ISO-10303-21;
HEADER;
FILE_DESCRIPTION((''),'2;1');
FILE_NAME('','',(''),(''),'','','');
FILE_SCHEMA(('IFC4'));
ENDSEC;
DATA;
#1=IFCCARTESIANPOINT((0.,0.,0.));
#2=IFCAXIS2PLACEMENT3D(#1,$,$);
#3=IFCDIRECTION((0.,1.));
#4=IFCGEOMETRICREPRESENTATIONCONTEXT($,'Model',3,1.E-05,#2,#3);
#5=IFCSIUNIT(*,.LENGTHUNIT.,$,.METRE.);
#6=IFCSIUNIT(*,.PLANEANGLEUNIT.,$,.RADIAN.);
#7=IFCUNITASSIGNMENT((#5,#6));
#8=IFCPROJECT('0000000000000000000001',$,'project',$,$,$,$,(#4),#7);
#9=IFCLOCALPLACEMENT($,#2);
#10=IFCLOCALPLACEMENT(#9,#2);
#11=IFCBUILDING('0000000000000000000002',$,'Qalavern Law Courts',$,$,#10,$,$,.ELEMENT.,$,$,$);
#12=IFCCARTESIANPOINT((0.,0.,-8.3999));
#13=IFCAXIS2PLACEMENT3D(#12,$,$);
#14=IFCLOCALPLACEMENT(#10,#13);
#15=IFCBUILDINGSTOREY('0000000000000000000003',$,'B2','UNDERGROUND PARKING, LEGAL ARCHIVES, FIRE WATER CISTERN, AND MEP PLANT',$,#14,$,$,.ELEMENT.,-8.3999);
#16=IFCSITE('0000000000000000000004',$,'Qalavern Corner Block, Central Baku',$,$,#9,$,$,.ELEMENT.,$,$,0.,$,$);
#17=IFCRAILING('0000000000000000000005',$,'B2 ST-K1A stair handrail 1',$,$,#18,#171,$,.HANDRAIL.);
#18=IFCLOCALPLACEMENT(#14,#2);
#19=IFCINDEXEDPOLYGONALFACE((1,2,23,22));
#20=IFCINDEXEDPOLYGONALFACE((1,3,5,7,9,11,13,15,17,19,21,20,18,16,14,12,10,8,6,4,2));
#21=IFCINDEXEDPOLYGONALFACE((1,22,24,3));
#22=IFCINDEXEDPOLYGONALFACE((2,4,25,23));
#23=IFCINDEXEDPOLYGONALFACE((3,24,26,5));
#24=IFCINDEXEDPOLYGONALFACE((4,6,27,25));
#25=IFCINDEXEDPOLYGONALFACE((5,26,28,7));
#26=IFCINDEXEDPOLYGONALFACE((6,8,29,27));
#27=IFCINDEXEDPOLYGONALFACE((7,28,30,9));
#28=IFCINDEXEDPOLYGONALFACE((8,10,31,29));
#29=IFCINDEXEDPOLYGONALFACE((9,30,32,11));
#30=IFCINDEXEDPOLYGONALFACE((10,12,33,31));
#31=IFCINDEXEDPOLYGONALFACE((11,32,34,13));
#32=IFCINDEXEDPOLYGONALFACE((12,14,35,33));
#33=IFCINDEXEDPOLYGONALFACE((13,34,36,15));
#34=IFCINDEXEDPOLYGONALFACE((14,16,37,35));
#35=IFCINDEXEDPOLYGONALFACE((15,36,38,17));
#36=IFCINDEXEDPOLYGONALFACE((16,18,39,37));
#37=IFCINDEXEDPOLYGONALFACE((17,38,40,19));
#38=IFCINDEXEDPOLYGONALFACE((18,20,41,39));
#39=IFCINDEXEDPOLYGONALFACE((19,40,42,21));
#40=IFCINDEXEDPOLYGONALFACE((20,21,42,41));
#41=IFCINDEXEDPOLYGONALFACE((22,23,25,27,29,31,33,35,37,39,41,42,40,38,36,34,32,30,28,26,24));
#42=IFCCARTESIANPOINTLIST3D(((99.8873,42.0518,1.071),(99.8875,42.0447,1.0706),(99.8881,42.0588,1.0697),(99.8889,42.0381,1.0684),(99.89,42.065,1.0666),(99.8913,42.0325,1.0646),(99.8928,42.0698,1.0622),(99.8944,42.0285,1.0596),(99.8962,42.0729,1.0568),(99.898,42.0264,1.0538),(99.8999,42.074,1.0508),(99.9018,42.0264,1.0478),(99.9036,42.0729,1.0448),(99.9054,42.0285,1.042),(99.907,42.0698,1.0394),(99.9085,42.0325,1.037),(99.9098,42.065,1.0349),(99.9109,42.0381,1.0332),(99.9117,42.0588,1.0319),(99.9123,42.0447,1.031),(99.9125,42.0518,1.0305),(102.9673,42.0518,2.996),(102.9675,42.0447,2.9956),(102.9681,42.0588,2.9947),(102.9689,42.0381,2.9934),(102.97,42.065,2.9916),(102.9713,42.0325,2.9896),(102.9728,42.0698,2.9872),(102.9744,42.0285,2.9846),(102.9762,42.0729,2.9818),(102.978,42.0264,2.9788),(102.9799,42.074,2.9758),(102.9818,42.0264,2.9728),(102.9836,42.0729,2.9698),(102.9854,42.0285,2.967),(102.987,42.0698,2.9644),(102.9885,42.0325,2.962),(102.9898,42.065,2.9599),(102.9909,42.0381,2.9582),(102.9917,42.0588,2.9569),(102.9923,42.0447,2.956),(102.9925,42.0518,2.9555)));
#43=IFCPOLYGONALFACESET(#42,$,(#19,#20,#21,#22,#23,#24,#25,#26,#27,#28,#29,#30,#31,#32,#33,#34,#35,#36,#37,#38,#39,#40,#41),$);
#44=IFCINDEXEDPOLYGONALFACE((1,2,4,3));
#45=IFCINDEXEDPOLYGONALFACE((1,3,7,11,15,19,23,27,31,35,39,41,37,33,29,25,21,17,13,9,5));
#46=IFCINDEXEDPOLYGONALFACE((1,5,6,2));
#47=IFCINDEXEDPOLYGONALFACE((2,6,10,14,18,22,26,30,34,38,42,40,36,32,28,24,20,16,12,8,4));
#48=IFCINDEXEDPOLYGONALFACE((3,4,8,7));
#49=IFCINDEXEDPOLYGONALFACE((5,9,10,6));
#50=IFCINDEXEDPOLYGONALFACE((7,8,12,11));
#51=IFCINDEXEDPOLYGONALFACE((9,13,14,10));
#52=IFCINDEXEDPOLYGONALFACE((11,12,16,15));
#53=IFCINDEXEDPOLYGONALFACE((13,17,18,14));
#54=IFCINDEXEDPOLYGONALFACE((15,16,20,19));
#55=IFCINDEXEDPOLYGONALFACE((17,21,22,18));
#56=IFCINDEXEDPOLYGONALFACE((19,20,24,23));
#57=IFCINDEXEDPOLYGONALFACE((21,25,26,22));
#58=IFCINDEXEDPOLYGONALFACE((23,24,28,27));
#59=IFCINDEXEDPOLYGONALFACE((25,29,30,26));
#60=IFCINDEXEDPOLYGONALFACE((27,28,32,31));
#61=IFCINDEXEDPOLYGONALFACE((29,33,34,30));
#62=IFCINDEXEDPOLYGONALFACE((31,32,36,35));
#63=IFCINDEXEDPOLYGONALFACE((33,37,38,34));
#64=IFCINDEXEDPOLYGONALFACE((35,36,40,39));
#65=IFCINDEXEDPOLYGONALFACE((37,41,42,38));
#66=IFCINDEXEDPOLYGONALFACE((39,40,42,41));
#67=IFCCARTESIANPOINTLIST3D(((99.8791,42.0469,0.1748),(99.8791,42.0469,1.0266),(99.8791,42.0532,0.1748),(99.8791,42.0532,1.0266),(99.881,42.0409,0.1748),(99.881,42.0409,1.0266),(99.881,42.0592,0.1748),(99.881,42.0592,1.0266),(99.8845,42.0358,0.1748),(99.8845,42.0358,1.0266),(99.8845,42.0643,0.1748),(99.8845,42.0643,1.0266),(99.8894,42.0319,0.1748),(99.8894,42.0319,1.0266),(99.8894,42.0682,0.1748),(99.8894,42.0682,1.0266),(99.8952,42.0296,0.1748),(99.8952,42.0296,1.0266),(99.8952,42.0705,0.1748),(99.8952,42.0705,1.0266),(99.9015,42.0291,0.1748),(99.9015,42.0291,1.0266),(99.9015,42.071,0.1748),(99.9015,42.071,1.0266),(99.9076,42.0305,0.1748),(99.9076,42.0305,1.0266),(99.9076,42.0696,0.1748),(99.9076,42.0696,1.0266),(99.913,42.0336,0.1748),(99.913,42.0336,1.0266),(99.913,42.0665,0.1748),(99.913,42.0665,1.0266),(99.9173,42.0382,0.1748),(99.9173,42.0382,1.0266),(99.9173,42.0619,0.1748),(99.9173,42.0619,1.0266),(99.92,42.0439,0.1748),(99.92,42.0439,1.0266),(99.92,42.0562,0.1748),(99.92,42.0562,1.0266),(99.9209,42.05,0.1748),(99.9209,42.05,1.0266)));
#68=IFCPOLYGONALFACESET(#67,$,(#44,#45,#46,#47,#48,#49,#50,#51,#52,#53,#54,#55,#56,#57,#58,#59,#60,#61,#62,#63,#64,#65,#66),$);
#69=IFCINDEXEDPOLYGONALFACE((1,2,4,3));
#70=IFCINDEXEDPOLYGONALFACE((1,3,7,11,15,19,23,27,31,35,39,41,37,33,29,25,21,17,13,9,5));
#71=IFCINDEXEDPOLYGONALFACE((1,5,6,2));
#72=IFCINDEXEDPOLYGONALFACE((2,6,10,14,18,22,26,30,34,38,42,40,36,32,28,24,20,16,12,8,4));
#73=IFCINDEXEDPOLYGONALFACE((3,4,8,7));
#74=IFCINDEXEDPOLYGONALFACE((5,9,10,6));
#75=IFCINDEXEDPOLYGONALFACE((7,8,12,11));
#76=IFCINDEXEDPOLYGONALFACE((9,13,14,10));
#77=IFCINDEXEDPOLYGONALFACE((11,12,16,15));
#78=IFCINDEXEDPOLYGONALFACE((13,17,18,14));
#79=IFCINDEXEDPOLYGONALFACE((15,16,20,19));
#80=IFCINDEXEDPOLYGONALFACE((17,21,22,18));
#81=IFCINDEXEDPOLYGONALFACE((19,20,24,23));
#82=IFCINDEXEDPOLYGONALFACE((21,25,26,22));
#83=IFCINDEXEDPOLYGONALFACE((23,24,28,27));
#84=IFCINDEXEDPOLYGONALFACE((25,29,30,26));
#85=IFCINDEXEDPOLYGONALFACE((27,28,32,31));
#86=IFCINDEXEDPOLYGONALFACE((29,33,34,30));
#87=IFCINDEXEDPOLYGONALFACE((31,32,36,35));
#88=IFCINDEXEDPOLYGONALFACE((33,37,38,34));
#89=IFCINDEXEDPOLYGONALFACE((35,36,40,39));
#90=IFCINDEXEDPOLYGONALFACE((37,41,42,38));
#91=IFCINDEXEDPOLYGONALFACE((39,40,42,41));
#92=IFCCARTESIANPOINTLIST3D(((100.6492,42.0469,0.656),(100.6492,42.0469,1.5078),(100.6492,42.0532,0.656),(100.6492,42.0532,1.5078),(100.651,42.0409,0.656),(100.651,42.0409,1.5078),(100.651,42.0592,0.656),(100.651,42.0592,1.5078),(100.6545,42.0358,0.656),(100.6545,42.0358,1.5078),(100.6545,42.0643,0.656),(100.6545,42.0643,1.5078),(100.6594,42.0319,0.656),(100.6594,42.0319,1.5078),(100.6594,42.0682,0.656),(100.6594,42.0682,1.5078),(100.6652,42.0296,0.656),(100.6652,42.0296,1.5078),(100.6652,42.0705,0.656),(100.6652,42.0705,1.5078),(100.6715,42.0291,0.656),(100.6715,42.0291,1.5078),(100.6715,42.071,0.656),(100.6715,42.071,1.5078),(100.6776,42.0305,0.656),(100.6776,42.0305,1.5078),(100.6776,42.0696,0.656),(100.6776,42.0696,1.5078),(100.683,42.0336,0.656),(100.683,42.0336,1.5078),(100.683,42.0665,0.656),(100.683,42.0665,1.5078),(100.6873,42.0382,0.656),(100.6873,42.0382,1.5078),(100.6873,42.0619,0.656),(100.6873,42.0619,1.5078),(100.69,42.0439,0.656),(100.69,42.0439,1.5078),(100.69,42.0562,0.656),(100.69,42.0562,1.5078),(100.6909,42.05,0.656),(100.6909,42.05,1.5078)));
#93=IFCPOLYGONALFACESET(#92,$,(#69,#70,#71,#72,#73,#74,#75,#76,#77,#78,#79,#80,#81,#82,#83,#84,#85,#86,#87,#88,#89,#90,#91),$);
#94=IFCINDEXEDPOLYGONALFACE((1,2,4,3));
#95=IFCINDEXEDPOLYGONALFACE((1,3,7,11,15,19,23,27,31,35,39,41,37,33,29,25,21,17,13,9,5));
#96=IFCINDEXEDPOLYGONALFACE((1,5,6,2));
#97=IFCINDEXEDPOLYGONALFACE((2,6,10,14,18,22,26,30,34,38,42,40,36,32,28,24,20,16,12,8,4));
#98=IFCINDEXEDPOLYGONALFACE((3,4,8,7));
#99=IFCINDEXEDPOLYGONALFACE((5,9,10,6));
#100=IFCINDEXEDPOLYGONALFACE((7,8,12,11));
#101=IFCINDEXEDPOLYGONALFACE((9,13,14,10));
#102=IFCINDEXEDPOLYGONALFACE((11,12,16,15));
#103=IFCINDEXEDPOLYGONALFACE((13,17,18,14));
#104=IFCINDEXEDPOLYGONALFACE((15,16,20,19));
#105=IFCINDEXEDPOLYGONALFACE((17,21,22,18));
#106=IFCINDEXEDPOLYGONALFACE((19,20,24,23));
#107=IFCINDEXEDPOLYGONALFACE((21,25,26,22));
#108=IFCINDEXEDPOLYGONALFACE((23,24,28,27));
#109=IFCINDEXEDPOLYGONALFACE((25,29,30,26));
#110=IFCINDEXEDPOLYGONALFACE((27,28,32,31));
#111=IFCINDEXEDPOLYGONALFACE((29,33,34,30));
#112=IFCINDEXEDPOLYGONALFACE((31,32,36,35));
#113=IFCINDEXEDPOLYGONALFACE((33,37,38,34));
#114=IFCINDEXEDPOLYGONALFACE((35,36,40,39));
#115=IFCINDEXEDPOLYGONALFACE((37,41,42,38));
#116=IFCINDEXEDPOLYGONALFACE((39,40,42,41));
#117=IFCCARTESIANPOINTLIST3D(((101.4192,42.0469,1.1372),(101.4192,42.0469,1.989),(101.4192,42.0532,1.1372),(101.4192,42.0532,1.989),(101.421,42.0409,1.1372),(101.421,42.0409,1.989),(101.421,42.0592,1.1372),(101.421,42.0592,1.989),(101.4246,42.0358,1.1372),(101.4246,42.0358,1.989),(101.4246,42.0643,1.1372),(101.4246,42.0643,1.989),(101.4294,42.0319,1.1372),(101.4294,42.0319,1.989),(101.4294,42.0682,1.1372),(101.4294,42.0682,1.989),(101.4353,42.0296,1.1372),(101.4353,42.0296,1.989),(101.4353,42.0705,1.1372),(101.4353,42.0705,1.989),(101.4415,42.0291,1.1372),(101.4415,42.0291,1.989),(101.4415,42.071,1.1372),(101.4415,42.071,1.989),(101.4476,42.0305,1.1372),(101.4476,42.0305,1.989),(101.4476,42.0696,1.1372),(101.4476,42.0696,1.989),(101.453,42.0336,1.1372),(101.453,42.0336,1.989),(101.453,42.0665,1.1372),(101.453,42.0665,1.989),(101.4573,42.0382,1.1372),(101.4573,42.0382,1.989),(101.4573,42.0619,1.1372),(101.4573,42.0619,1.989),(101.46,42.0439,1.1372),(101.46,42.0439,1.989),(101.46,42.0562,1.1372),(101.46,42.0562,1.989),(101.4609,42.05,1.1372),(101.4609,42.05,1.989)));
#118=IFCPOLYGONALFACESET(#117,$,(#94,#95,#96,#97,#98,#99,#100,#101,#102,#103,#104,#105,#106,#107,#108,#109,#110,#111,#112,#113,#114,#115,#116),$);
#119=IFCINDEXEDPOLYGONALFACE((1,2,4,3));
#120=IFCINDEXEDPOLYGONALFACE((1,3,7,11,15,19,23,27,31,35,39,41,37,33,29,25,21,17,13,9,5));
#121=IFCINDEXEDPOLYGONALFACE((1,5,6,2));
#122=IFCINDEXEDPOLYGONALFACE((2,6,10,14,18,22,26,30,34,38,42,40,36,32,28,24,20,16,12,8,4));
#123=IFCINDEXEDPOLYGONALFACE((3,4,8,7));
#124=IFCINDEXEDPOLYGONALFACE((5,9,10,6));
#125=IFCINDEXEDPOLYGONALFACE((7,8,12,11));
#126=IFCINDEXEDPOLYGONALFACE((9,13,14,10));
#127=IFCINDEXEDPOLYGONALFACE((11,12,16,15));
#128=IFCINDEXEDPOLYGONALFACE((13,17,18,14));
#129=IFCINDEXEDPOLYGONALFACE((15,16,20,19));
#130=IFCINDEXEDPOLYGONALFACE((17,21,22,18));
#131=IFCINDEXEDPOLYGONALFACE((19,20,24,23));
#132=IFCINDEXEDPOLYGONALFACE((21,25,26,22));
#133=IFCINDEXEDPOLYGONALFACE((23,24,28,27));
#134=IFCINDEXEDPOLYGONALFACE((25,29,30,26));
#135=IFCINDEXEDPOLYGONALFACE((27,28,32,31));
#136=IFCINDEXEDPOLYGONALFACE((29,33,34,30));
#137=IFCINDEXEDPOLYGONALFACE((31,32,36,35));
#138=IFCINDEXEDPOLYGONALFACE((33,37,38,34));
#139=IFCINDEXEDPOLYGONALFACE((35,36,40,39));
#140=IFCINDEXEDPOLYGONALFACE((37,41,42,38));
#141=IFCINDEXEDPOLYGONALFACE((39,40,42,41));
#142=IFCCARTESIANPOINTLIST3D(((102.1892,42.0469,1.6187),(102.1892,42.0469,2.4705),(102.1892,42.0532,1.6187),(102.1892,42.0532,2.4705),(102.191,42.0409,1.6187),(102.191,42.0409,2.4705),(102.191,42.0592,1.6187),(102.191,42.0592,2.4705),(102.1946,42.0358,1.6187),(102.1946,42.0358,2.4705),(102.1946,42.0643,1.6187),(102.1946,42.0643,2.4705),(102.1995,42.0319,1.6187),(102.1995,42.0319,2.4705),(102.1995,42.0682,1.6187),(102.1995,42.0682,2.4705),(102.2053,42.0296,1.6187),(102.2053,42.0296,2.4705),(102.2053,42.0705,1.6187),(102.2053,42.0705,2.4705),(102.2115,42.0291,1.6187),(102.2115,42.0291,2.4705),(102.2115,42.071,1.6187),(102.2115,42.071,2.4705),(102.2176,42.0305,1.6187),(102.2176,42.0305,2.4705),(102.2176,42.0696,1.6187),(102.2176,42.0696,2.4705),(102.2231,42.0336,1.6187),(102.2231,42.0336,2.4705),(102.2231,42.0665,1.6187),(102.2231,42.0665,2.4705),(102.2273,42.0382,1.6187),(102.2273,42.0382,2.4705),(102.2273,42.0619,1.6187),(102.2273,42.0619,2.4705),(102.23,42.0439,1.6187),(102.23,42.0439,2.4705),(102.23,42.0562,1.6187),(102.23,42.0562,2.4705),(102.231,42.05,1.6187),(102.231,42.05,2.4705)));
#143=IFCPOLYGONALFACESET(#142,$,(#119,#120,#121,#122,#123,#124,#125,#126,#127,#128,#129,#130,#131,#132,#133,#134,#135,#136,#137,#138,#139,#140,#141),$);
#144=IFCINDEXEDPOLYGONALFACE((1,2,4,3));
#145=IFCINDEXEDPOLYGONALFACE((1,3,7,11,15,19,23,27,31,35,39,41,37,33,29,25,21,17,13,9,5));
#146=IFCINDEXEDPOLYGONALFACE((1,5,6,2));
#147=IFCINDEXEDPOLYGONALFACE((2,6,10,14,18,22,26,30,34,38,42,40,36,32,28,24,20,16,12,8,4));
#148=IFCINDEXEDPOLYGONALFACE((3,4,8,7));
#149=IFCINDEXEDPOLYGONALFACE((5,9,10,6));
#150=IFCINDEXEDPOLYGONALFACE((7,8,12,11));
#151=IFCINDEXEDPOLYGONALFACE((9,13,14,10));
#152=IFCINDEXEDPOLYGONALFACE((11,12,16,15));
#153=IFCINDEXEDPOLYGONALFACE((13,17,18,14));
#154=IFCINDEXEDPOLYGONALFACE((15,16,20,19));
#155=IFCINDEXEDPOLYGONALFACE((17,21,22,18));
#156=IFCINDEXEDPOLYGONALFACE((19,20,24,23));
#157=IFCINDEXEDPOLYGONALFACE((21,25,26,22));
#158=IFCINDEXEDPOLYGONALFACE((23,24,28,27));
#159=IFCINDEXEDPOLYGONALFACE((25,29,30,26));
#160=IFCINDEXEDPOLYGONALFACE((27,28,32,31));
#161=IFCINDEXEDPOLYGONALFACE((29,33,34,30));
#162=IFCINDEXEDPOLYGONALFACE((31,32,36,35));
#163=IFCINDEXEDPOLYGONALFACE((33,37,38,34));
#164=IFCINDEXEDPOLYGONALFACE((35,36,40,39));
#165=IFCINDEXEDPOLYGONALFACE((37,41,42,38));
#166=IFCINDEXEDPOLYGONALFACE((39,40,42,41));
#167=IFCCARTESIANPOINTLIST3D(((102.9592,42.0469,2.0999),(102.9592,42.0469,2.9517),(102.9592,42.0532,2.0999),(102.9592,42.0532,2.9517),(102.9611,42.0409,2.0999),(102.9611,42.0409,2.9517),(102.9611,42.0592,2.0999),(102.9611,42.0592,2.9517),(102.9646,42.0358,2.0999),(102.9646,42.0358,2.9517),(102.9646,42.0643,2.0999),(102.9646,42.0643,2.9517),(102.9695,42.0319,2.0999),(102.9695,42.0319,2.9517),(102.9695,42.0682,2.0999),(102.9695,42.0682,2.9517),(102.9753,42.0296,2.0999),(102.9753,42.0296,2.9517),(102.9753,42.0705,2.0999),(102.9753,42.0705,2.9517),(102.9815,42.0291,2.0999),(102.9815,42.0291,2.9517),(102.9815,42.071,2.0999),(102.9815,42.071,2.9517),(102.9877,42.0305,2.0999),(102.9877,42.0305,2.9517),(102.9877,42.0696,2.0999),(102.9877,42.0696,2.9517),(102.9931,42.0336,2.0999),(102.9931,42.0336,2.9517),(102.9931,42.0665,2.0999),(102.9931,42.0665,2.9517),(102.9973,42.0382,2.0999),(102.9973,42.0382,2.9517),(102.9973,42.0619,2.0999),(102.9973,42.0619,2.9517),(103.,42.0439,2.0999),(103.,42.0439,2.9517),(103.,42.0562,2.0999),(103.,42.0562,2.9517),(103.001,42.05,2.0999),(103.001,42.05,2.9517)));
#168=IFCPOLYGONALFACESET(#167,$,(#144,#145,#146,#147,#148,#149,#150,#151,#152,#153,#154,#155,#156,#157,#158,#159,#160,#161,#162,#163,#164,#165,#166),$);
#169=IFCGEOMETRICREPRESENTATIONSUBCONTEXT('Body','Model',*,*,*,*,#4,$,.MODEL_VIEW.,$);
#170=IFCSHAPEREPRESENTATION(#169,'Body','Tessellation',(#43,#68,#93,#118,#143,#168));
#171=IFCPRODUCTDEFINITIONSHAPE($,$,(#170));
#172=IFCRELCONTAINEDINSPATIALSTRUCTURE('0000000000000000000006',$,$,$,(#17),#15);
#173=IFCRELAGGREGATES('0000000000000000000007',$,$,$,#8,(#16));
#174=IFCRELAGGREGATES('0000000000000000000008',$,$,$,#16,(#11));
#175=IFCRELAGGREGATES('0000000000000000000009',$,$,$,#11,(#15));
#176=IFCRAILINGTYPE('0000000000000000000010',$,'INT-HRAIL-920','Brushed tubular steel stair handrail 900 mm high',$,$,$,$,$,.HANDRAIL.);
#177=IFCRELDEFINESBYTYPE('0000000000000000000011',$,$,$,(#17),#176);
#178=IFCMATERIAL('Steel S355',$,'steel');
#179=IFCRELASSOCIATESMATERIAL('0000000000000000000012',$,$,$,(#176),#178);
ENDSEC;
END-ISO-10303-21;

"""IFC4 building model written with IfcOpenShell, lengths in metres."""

from ifc_helpers import new_model, si_unit, direction, frame, origin, origin_2d, place, context, subcontext, project, spatial, circle, extrude, material, type_object, element, save


model = new_model("IFC4")

# Units and contexts
model_context = context("Model", 3, precision=1e-05, world=origin(), true_north=direction((0.0, 1.0)))
body_context = subcontext(model_context, "Body", "Model", "MODEL_VIEW")
ifc_project = project(units=[si_unit("LENGTHUNIT", "METRE"), si_unit("PLANEANGLEUNIT", "RADIAN")], contexts=[model_context])

# Site, building, storey
site_placement = place(None, origin())
site = spatial("IfcSite", under=ifc_project, at=site_placement, Name="Qalavern Corner Block, Central Baku", CompositionType="ELEMENT", RefElevation=0.0)
building_placement = place(site_placement, origin())
building = spatial("IfcBuilding", under=site, at=building_placement, Name="Qalavern Law Courts", CompositionType="ELEMENT")
storey_placement = place(building_placement, frame((0.0, 0.0, -8.3999)))
storey = spatial("IfcBuildingStorey", under=building, at=storey_placement, Name="B2", Description="UNDERGROUND PARKING, LEGAL ARCHIVES, FIRE WATER CISTERN, AND MEP PLANT", CompositionType="ELEMENT", Elevation=-8.3999)

# Railing
ifc_material_1 = material(Name="Steel S355", Category="steel")
railing_type_1 = type_object("IfcRailingType", Name="INT-HRAIL-920", Description="Brushed tubular steel stair handrail 900 mm high", PredefinedType="HANDRAIL", material=ifc_material_1)
railing_1_placement = place(storey_placement, frame((99.8999, 42.05, 0.1748)))
element("IfcRailing", 1, at=railing_1_placement, inside=storey, type_object=railing_type_1, Name="B2 ST-K1A stair handrail 1", PredefinedType="HANDRAIL", context=body_context, shape_type="SweptSolid", body=[
    extrude(circle(Radius=0.0239, at=origin_2d()), frame((0.0, 0.0, 0.876), z_axis=(0.847998, 0.0, 0.529999), x_axis=(0.0, 1.0, 0.0)), (0.0, 0.0, 1.0), 3.6321),
    extrude(circle(Radius=0.021, at=origin_2d()), origin(), (0.0, 0.0, 1.0), 0.8518),
    extrude(circle(Radius=0.021, at=origin_2d()), frame((0.77, 0.0, 0.4812)), (0.0, 0.0, 1.0), 0.8518),
    extrude(circle(Radius=0.021, at=origin_2d()), frame((1.54, 0.0, 0.9624)), (0.0, 0.0, 1.0), 0.8518),
    extrude(circle(Radius=0.021, at=origin_2d()), frame((2.3101, 0.0, 1.4438)), (0.0, 0.0, 1.0), 0.8518),
    extrude(circle(Radius=0.021, at=origin_2d()), frame((3.0801, 0.0, 1.925)), (0.0, 0.0, 1.0), 0.8518),
])

save(model, "model.ifc")
